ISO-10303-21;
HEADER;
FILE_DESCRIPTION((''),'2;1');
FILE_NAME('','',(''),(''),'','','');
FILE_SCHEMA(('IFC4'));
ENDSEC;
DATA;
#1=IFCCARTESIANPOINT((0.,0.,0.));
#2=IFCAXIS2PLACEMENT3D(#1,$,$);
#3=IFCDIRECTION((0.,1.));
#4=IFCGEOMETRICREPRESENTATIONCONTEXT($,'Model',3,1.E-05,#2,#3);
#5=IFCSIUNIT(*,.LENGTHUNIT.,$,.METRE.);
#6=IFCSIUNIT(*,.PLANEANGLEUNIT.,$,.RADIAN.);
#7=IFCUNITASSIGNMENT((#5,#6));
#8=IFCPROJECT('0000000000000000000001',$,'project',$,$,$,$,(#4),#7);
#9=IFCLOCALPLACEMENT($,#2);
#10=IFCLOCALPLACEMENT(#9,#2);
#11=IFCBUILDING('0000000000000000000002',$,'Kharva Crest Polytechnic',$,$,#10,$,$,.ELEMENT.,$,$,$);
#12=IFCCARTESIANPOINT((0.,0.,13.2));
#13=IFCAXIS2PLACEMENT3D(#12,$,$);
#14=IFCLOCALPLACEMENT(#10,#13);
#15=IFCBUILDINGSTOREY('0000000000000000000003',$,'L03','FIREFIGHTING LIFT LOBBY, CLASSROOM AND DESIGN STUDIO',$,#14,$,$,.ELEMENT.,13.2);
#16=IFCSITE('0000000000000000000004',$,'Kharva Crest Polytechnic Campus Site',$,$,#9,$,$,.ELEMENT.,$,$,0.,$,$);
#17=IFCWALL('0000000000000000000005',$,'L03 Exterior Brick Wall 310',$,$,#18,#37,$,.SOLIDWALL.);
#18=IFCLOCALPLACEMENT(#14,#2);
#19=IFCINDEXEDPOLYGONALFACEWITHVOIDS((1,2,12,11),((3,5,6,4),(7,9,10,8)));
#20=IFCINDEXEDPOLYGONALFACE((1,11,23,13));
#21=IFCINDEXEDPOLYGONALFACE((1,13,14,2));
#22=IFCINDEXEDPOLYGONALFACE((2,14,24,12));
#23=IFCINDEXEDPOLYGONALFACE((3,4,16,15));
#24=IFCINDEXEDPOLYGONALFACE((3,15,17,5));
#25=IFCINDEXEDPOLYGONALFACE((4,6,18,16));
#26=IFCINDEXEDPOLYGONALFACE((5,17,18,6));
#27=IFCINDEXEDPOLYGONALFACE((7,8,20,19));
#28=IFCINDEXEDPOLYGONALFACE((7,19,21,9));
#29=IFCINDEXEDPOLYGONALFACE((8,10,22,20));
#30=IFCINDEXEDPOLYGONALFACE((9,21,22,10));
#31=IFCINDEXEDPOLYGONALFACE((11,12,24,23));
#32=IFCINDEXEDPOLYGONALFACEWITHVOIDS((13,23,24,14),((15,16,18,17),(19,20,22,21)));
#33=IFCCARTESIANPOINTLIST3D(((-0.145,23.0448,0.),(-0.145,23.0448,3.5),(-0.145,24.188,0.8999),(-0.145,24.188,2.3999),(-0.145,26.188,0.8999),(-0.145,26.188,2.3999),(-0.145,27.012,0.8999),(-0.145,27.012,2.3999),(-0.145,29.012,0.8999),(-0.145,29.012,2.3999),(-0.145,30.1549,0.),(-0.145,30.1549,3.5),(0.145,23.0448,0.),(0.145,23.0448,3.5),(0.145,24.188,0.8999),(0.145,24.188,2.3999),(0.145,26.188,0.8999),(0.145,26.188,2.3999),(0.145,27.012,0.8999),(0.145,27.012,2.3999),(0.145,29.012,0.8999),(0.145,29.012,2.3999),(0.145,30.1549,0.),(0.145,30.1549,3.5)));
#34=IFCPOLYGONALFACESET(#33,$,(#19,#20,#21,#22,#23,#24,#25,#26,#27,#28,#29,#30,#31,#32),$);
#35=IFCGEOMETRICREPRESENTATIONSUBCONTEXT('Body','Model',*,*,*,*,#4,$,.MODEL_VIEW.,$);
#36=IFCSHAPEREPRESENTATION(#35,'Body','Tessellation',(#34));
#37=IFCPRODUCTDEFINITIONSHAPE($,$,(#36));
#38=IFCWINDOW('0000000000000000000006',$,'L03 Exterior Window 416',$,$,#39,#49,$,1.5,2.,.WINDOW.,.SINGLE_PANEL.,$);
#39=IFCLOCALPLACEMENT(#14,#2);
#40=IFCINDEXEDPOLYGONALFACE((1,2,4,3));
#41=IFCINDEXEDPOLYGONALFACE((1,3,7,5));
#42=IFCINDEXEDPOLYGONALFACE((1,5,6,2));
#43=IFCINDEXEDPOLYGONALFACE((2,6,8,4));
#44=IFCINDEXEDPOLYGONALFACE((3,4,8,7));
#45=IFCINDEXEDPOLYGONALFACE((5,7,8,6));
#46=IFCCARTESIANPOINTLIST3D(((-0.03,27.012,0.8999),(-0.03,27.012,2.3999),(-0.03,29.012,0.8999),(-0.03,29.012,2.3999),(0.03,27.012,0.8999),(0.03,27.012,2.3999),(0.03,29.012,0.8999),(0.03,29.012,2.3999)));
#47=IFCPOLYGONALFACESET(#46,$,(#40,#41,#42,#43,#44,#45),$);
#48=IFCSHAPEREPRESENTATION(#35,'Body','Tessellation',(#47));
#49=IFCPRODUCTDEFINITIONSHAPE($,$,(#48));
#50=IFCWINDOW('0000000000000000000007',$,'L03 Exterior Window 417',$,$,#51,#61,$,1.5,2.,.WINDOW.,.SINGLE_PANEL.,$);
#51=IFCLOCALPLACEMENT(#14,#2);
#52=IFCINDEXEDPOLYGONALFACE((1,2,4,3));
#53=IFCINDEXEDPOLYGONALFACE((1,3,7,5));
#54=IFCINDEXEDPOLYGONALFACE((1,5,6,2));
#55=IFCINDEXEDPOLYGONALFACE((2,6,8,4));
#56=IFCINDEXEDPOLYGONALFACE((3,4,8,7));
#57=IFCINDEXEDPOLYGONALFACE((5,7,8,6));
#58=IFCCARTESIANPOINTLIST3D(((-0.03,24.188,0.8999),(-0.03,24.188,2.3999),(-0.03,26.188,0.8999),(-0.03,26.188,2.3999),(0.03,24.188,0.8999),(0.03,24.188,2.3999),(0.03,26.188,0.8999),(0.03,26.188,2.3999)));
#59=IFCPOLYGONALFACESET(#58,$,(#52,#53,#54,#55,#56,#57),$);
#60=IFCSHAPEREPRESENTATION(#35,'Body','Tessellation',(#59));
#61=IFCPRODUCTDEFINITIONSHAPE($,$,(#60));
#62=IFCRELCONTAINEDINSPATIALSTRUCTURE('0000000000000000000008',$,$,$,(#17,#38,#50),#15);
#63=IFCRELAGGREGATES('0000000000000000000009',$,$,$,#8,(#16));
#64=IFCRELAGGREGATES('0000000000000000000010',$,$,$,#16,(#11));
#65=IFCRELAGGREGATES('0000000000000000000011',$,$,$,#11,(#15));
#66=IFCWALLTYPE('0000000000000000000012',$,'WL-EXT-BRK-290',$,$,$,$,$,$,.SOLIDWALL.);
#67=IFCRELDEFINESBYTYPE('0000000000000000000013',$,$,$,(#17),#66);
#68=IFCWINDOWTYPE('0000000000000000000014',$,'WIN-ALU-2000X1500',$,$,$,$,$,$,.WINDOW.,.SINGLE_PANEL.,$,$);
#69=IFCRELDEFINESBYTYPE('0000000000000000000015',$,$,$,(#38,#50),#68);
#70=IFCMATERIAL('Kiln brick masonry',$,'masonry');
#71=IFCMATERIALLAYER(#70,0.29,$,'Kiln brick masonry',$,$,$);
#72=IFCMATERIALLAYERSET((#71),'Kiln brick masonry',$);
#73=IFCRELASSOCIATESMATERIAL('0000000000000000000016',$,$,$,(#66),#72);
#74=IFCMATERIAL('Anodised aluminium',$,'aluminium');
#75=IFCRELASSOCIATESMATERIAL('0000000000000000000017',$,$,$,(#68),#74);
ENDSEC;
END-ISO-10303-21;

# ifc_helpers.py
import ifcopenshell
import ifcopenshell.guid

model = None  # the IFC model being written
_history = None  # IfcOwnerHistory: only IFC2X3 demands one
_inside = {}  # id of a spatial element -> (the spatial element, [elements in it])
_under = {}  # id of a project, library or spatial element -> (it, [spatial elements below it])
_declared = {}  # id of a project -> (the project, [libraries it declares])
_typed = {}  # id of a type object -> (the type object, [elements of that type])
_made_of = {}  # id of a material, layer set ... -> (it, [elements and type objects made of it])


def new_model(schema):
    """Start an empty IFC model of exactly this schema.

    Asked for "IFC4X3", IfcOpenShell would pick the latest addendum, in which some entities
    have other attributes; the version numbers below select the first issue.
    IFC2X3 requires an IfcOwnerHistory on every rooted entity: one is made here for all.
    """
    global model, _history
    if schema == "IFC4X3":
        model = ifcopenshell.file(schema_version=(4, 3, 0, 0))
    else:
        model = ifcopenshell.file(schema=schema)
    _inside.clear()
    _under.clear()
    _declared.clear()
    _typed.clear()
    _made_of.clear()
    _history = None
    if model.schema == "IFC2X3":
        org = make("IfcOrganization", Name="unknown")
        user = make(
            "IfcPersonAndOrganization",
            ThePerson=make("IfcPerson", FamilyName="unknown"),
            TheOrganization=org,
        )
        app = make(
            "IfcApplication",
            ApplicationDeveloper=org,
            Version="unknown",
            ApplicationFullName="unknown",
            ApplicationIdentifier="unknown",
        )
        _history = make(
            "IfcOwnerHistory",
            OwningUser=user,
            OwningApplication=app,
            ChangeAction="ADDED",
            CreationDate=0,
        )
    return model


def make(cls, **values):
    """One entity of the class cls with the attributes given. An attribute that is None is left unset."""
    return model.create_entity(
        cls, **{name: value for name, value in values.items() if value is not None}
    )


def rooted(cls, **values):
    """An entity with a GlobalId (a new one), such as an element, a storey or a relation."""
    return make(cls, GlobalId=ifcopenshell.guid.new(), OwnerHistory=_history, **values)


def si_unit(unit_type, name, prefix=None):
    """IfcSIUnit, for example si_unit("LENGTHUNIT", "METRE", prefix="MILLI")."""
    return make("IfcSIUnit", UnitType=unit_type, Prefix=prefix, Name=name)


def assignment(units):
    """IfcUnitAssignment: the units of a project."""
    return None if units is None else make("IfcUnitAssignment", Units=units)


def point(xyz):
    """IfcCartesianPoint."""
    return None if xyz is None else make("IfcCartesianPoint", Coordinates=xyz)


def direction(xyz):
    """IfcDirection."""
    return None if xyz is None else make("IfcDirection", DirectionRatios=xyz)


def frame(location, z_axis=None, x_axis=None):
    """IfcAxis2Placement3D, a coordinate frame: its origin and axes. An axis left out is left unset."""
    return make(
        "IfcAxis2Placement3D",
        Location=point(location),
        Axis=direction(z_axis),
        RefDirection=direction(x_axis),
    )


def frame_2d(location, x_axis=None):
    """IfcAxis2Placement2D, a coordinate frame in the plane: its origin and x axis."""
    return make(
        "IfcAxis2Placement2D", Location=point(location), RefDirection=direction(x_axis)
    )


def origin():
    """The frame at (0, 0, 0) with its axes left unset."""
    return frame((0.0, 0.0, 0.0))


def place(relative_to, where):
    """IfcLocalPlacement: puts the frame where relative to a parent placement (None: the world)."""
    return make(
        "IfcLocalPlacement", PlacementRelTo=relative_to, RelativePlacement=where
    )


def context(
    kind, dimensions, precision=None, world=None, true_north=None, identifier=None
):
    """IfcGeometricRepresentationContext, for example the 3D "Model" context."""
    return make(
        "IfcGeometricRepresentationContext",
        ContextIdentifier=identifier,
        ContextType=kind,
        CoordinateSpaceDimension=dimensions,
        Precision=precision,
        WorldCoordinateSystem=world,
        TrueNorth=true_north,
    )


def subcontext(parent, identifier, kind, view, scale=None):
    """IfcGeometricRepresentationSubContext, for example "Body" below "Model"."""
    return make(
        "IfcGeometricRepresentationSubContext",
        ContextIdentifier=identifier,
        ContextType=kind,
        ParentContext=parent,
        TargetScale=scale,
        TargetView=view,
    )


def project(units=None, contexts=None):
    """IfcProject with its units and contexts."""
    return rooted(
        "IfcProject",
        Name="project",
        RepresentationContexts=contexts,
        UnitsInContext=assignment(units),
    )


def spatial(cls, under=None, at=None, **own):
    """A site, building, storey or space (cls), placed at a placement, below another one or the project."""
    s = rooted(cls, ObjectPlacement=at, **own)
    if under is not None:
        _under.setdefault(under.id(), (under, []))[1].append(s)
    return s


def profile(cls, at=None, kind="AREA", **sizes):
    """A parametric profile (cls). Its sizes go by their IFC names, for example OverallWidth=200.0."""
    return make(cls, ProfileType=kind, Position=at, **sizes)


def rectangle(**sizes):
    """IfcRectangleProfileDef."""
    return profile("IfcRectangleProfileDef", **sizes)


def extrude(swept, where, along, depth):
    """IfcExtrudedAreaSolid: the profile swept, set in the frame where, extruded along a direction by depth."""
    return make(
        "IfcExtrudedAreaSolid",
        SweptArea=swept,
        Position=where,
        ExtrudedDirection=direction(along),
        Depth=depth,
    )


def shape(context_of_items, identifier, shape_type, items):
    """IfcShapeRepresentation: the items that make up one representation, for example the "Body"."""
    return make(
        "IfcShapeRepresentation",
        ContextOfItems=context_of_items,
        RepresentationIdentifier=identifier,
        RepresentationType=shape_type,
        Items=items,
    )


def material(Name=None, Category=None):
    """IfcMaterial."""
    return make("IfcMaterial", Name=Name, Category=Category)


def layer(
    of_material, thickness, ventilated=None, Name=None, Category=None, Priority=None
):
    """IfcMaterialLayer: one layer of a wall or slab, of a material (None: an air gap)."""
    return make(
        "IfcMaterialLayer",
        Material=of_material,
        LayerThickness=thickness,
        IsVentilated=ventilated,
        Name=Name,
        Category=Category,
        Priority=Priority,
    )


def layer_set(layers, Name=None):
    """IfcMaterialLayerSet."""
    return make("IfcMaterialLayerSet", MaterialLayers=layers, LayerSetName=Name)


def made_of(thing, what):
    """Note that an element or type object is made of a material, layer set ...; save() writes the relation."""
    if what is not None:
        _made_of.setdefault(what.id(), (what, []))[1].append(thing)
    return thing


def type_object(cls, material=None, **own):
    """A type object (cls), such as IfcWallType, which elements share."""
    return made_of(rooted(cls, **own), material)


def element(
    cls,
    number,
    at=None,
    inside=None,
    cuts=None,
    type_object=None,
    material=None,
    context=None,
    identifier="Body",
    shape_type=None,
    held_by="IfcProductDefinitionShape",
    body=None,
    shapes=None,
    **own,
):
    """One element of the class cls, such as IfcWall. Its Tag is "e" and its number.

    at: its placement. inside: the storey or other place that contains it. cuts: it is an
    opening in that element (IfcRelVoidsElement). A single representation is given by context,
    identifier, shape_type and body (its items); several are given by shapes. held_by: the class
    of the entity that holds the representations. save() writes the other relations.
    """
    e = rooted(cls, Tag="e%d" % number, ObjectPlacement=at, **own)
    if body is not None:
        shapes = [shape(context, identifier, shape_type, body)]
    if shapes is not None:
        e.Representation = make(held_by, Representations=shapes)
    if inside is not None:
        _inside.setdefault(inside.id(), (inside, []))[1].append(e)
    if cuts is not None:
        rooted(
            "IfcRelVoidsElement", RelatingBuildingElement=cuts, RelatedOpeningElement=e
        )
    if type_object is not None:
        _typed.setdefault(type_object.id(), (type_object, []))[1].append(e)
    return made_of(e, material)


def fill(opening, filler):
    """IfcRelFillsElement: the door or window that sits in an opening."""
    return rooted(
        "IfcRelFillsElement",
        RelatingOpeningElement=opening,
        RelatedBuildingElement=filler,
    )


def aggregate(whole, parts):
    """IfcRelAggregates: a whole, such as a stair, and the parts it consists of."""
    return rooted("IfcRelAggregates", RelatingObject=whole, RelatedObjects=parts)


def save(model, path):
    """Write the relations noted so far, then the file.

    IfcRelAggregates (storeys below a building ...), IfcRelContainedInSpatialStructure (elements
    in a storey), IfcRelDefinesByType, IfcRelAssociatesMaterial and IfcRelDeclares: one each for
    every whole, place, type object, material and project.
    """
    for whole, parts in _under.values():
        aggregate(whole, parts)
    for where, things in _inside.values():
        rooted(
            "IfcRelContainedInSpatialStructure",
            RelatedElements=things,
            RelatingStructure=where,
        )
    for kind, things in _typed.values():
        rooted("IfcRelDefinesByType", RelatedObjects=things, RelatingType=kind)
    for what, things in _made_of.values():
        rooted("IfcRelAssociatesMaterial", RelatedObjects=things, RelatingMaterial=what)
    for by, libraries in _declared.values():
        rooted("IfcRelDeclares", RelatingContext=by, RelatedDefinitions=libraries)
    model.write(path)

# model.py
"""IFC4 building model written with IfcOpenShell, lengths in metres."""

from ifc_helpers import new_model, si_unit, direction, frame, frame_2d, origin, place, context, subcontext, project, spatial, rectangle, extrude, material, layer, layer_set, type_object, element, fill, save


model = new_model("IFC4")

# Units and contexts
model_context = context("Model", 3, precision=1e-05, world=origin(), true_north=direction((0.0, 1.0)))
body_context = subcontext(model_context, "Body", "Model", "MODEL_VIEW")
ifc_project = project(units=[si_unit("LENGTHUNIT", "METRE"), si_unit("PLANEANGLEUNIT", "RADIAN")], contexts=[model_context])

# Site, building, storey
site_placement = place(None, origin())
site = spatial("IfcSite", under=ifc_project, at=site_placement, Name="Kharva Crest Polytechnic Campus Site", CompositionType="ELEMENT", RefElevation=0.0)
building_placement = place(site_placement, origin())
building = spatial("IfcBuilding", under=site, at=building_placement, Name="Kharva Crest Polytechnic", CompositionType="ELEMENT")
storey_placement = place(building_placement, frame((0.0, 0.0, 13.2)))
storey = spatial("IfcBuildingStorey", under=building, at=storey_placement, Name="L03", Description="FIREFIGHTING LIFT LOBBY, CLASSROOM AND DESIGN STUDIO", CompositionType="ELEMENT", Elevation=13.2)

# Wall, openings, windows
ifc_material_1 = material(Name="Kiln brick masonry", Category="masonry")
ifc_layer_1 = layer(ifc_material_1, 0.29, Name="Kiln brick masonry")
ifc_layer_set_1 = layer_set([ifc_layer_1], Name="Kiln brick masonry")
wall_type = type_object("IfcWallType", Name="WL-EXT-BRK-290", PredefinedType="SOLIDWALL", material=ifc_layer_set_1)
wall_placement = place(storey_placement, frame((0.0, 30.155, 0.0), z_axis=(0.0, 0.0, 1.0), x_axis=(0.0, -1.0, 0.0)))
wall = element("IfcWall", 1, at=wall_placement, inside=storey, type_object=wall_type, Name="L03 Exterior Brick Wall 310", PredefinedType="SOLIDWALL", context=body_context, shape_type="SweptSolid", body=[
    extrude(rectangle(XDim=7.1101, YDim=0.29, at=frame_2d((3.5552, 0.0))), origin(), (0.0, 0.0, 1.0), 3.5),
])
opening_1_placement = place(wall_placement, frame((1.1431, 0.0, 0.8999)))
opening_1 = element("IfcOpeningElement", 2, at=opening_1_placement, cuts=wall, PredefinedType="OPENING", context=body_context, shape_type="SweptSolid", body=[
    extrude(rectangle(XDim=2.0, YDim=1.5, at=frame_2d((1.0, 0.75))), frame((0.0, 0.155, 0.0), z_axis=(0.0, -1.0, 0.0), x_axis=(1.0, 0.0, 0.0)), (0.0, 0.0, 1.0), 0.3101),
])
opening_2_placement = place(wall_placement, frame((3.967, 0.0, 0.8999)))
opening_2 = element("IfcOpeningElement", 3, at=opening_2_placement, cuts=wall, PredefinedType="OPENING", context=body_context, shape_type="SweptSolid", body=[
    extrude(rectangle(XDim=2.0, YDim=1.5, at=frame_2d((1.0, 0.75))), frame((0.0, 0.155, 0.0), z_axis=(0.0, -1.0, 0.0), x_axis=(1.0, 0.0, 0.0)), (0.0, 0.0, 1.0), 0.3101),
])
ifc_material_2 = material(Name="Anodised aluminium", Category="aluminium")
window_type = type_object("IfcWindowType", Name="WIN-ALU-2000X1500", PartitioningType="SINGLE_PANEL", PredefinedType="WINDOW", material=ifc_material_2)
window_1_placement = place(opening_1_placement, origin())
window_1 = element("IfcWindow", 4, at=window_1_placement, inside=storey, type_object=window_type, Name="L03 Exterior Window 416", OverallHeight=1.5, OverallWidth=2.0, PartitioningType="SINGLE_PANEL", PredefinedType="WINDOW", context=body_context, shape_type="SweptSolid", body=[
    extrude(rectangle(XDim=2.0, YDim=1.5, at=frame_2d((1.0, 0.75))), frame((0.0, 0.03, 0.0), z_axis=(0.0, -1.0, 0.0), x_axis=(1.0, 0.0, 0.0)), (0.0, 0.0, 1.0), 0.0601),
])
fill(opening_1, window_1)
window_2_placement = place(opening_2_placement, origin())
window_2 = element("IfcWindow", 5, at=window_2_placement, inside=storey, type_object=window_type, Name="L03 Exterior Window 417", OverallHeight=1.5, OverallWidth=2.0, PartitioningType="SINGLE_PANEL", PredefinedType="WINDOW", context=body_context, shape_type="SweptSolid", body=[
    extrude(rectangle(XDim=2.0, YDim=1.5, at=frame_2d((1.0, 0.75))), frame((0.0, 0.03, 0.0), z_axis=(0.0, -1.0, 0.0), x_axis=(1.0, 0.0, 0.0)), (0.0, 0.0, 1.0), 0.0601),
])
fill(opening_2, window_2)

save(model, "model.ifc")
